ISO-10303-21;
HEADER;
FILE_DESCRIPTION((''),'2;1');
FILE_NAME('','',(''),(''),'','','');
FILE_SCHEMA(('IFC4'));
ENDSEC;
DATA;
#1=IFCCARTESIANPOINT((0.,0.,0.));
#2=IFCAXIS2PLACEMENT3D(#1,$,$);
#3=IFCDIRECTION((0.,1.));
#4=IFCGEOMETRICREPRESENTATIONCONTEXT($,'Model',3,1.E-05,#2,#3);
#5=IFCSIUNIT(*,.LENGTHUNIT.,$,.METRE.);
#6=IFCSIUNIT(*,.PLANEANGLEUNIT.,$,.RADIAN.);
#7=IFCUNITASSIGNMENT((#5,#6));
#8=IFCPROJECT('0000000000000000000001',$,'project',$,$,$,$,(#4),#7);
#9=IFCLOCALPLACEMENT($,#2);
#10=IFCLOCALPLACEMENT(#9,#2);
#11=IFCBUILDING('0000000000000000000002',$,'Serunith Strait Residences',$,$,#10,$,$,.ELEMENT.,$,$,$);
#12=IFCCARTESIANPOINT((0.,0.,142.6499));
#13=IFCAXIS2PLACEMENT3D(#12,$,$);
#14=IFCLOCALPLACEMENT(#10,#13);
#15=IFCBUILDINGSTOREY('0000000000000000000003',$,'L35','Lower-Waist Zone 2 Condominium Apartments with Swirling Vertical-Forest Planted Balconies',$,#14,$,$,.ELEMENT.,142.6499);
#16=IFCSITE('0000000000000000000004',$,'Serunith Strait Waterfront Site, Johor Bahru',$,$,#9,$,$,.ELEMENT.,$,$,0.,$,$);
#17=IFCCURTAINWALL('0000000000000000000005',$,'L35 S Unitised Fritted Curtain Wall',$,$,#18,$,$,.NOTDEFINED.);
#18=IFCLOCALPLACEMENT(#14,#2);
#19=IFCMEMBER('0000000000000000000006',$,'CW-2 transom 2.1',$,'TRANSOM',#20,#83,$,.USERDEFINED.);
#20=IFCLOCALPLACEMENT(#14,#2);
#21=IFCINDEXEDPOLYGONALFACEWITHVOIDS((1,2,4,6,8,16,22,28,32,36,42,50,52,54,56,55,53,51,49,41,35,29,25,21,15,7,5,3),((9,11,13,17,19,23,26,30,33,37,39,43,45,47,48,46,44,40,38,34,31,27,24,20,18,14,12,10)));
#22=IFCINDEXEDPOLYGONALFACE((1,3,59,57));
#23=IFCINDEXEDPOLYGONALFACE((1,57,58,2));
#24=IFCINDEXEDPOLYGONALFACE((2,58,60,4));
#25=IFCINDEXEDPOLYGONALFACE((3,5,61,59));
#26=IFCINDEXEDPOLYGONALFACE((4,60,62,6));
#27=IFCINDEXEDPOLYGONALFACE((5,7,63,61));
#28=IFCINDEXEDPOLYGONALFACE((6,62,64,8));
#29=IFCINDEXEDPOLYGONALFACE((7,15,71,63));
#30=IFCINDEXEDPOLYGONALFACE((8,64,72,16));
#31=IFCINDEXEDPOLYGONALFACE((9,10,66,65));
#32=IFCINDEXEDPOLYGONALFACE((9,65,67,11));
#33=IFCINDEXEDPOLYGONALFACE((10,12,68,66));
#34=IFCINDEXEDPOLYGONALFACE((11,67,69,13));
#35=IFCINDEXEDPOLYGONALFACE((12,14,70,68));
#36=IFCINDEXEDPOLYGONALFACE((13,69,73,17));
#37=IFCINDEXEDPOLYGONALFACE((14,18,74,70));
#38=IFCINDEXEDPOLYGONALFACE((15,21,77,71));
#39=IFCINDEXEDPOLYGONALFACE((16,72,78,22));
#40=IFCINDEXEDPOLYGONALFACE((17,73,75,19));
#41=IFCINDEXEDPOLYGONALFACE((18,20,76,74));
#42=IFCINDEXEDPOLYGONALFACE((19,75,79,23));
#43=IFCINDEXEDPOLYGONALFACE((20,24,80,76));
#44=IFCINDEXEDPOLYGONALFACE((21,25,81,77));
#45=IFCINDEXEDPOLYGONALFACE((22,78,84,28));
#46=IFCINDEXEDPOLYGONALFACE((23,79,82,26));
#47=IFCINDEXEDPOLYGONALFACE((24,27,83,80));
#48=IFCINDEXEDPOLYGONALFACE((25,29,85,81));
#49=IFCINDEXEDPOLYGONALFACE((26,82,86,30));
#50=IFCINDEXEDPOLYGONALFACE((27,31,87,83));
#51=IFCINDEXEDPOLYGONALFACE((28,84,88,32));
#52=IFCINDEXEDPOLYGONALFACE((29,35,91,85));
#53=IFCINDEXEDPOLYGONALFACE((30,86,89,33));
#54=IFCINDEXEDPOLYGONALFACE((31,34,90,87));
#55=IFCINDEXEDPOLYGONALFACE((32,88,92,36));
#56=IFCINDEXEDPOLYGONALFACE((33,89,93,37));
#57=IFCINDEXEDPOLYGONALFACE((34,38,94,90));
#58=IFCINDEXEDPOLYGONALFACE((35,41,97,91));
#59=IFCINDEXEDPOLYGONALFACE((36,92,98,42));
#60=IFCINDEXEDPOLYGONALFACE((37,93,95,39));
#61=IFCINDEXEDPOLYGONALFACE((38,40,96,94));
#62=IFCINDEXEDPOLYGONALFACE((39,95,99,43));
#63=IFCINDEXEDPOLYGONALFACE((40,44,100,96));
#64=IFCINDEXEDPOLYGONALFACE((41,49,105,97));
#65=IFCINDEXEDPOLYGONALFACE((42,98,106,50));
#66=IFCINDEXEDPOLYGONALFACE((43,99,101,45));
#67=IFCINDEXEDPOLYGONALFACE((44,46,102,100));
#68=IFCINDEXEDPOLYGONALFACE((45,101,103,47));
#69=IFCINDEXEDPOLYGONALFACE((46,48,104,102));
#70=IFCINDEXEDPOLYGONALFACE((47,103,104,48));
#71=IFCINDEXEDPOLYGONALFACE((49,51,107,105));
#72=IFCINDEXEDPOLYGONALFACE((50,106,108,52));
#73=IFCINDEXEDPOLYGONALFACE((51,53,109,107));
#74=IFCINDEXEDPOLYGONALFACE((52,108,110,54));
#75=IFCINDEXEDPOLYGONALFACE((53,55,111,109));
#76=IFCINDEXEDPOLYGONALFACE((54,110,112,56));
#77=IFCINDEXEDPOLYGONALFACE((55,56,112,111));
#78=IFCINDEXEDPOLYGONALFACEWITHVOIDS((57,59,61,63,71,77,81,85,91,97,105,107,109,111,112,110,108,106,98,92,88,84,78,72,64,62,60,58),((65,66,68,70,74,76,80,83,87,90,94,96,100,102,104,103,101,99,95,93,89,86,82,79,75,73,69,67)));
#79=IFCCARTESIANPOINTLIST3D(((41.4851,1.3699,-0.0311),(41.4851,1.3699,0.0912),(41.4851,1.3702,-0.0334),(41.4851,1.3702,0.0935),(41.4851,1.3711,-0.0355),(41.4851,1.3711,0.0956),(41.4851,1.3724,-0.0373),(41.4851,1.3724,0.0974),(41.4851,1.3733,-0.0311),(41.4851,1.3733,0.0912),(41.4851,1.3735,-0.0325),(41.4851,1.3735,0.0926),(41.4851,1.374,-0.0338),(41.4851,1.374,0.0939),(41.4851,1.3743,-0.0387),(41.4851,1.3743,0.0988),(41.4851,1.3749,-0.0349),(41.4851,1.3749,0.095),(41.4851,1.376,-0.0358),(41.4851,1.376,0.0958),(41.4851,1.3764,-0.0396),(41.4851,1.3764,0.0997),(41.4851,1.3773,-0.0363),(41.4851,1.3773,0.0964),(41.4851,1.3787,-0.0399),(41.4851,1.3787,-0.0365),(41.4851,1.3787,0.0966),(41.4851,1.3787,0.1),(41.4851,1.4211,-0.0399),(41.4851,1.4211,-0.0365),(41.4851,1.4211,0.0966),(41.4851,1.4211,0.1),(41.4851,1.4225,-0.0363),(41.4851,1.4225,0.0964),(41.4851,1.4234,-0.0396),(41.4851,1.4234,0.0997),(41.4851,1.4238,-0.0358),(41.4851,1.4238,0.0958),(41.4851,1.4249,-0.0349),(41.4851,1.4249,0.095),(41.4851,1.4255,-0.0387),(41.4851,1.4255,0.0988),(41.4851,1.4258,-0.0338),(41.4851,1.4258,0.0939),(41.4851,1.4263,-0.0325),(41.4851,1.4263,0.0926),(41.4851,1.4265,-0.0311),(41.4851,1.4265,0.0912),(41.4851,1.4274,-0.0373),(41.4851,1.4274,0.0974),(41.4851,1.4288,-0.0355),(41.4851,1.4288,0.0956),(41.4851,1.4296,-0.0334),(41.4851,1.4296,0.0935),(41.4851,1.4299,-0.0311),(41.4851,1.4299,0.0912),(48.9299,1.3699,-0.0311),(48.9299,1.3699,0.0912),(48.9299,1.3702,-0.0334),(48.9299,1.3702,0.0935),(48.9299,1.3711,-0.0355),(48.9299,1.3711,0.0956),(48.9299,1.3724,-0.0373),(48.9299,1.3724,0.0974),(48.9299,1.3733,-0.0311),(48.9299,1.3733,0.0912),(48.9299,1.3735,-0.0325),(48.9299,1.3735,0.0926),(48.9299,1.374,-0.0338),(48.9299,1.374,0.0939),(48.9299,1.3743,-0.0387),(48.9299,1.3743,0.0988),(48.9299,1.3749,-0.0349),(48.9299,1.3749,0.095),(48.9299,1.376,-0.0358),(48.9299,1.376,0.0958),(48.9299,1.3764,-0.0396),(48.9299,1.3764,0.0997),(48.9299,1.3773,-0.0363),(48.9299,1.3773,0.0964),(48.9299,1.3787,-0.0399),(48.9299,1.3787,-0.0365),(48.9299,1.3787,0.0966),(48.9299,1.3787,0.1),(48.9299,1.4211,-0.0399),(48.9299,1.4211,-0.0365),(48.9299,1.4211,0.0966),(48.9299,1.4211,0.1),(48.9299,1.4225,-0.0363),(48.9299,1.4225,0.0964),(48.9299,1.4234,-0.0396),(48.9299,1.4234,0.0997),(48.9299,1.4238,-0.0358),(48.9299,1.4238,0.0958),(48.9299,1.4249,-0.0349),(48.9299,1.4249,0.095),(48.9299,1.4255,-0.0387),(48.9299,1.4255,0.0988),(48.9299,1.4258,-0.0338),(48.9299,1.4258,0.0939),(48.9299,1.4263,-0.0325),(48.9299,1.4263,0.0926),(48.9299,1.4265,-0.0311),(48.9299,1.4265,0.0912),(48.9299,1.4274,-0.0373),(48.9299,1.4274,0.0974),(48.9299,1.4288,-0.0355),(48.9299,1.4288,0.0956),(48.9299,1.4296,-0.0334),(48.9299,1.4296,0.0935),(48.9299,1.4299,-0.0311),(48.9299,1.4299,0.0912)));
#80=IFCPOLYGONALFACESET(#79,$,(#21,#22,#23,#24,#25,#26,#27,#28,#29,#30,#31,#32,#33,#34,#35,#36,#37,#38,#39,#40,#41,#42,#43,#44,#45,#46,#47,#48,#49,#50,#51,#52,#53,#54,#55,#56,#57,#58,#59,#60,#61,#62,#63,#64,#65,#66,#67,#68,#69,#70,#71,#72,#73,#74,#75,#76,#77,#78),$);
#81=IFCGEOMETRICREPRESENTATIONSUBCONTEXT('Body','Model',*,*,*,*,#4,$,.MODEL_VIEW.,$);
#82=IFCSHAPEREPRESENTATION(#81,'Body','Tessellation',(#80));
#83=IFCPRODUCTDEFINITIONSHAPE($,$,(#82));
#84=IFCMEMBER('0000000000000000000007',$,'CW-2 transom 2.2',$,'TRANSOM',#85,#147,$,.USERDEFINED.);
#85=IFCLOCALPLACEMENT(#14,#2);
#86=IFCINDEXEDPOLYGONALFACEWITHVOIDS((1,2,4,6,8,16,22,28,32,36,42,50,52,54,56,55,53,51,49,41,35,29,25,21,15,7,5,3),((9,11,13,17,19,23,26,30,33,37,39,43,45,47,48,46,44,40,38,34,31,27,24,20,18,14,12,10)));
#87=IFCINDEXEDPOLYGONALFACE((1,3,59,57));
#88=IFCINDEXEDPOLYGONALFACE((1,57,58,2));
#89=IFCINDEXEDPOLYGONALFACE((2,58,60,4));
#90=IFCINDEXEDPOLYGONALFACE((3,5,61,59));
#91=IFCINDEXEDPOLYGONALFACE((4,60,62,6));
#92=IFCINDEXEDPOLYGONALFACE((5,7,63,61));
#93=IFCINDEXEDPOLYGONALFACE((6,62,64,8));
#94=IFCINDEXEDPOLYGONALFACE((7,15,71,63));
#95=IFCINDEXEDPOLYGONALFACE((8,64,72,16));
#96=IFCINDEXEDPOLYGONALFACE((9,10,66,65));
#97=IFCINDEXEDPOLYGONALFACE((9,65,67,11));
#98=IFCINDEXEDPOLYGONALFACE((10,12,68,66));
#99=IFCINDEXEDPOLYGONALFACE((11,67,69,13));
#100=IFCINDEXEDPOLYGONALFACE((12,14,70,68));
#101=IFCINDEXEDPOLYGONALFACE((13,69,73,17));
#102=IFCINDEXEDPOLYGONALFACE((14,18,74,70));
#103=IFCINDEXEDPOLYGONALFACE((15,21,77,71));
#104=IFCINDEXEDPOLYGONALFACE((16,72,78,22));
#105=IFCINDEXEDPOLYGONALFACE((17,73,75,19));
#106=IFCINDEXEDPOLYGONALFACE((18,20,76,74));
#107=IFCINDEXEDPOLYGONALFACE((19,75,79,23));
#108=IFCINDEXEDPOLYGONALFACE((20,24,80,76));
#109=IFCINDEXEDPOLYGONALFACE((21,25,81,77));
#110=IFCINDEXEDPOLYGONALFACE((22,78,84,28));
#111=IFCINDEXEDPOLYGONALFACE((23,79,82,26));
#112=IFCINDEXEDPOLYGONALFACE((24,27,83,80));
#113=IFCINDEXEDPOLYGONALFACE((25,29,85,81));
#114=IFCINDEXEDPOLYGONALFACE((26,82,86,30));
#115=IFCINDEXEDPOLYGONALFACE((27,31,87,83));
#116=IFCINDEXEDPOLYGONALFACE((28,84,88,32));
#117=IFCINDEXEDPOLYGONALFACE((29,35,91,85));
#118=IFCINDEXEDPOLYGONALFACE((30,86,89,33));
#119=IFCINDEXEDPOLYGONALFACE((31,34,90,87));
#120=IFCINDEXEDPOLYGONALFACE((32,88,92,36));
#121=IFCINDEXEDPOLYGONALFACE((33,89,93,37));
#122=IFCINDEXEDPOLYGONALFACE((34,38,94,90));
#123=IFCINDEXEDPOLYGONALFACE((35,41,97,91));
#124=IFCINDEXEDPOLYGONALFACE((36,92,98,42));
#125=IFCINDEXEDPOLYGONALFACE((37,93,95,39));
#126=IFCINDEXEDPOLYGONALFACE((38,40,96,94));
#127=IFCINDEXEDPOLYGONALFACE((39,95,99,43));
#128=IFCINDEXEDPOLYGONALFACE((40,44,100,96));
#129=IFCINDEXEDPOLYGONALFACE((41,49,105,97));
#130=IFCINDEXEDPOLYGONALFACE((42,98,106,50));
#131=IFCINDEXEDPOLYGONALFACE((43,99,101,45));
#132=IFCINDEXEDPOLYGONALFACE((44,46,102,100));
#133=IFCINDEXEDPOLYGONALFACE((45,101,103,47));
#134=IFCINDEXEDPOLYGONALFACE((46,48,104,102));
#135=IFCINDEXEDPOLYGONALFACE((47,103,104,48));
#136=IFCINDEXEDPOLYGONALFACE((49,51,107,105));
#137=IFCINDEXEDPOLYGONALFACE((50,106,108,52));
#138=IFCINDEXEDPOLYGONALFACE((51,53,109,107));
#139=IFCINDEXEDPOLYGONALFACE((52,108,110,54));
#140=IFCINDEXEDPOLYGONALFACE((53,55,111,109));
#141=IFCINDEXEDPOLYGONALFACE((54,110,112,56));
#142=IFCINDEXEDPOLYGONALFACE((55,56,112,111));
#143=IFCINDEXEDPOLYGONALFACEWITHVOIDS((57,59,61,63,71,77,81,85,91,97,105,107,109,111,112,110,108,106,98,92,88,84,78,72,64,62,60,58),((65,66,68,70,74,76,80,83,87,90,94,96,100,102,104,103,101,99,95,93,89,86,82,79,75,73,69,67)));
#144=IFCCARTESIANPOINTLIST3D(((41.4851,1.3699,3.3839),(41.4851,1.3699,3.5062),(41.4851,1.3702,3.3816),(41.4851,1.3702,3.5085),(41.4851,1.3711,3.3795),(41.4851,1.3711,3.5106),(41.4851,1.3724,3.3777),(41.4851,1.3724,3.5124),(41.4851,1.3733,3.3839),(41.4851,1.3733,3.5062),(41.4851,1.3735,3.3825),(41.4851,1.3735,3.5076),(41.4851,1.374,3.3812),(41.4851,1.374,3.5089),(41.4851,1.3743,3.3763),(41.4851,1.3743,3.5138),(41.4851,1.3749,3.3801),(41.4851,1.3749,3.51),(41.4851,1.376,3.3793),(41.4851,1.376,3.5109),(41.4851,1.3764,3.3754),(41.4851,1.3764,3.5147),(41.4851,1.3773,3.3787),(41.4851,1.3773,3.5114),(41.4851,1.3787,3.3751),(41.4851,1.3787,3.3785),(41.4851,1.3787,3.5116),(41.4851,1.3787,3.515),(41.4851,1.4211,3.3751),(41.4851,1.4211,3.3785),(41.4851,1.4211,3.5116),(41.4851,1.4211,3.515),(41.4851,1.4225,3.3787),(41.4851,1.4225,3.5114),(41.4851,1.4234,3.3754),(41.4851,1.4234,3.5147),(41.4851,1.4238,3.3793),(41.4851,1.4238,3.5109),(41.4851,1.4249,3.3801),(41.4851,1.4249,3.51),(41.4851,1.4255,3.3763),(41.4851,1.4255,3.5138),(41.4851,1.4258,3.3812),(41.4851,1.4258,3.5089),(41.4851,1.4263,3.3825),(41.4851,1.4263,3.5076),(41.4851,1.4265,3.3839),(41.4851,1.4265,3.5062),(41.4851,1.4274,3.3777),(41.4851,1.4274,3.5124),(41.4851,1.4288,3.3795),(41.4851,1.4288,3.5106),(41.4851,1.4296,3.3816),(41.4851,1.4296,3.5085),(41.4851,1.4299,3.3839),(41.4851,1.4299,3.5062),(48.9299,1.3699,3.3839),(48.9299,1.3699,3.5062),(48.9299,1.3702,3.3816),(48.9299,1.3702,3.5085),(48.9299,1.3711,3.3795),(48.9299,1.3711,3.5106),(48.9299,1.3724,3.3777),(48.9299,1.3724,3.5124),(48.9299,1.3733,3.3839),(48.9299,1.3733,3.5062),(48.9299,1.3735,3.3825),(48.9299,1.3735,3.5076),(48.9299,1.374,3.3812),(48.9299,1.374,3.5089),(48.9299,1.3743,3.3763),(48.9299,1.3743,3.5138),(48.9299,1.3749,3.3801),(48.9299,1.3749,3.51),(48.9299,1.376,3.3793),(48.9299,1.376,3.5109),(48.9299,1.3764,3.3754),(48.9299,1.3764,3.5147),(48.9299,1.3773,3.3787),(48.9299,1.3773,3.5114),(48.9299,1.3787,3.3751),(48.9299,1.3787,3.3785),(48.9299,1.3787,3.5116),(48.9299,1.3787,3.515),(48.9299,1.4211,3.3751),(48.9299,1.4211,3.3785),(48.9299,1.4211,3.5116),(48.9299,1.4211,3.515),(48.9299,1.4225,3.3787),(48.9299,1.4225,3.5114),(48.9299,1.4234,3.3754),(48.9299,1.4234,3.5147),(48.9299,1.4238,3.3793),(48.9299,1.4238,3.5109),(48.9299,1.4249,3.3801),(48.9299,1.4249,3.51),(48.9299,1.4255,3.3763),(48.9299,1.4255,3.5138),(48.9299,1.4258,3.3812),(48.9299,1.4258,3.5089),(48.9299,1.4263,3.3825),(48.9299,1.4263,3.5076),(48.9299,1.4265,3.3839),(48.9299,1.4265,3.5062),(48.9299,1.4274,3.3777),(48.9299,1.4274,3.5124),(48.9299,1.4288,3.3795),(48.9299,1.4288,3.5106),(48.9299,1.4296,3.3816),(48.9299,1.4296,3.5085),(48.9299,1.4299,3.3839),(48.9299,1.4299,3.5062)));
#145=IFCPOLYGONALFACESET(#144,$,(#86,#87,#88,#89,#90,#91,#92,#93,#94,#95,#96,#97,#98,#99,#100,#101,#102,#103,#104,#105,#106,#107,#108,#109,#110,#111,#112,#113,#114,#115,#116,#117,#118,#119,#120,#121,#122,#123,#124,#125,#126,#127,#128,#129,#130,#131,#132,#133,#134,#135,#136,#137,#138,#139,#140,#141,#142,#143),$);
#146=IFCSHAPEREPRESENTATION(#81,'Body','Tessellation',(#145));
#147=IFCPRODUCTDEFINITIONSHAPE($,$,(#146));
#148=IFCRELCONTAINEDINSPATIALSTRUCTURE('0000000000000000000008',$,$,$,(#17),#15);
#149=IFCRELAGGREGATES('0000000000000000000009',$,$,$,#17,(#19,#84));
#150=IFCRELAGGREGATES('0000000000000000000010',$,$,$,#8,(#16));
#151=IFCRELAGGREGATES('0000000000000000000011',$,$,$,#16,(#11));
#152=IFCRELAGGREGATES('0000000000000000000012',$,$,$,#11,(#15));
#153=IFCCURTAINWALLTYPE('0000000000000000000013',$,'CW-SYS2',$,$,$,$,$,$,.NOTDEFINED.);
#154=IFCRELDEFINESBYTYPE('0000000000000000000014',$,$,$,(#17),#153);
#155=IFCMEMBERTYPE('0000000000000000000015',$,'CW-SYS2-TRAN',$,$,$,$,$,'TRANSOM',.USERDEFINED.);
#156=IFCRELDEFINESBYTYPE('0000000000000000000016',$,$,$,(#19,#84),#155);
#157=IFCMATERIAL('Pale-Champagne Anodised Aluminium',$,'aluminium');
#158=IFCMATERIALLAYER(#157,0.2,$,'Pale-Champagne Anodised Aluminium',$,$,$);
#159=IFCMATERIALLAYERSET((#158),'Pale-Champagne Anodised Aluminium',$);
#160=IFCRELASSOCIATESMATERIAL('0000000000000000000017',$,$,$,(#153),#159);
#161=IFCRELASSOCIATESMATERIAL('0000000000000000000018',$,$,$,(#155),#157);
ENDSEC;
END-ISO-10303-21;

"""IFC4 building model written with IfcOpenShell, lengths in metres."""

from ifc_helpers import new_model, si_unit, direction, frame, origin, origin_2d, place, context, subcontext, project, spatial, hollow_rectangle, extrude, source, transform, mapped, material, layer, layer_set, material_profile, profile_set, type_object, element, aggregate, save


model = new_model("IFC4")

# Units and contexts
model_context = context("Model", 3, precision=1e-05, world=origin(), true_north=direction((0.0, 1.0)))
body_context = subcontext(model_context, "Body", "Model", "MODEL_VIEW")
ifc_project = project(units=[si_unit("LENGTHUNIT", "METRE"), si_unit("PLANEANGLEUNIT", "RADIAN")], contexts=[model_context])

# Site, building, storey
site_placement = place(None, origin())
site = spatial("IfcSite", under=ifc_project, at=site_placement, Name="Serunith Strait Waterfront Site, Johor Bahru", CompositionType="ELEMENT", RefElevation=0.0)
building_placement = place(site_placement, origin())
building = spatial("IfcBuilding", under=site, at=building_placement, Name="Serunith Strait Residences", CompositionType="ELEMENT")
storey_placement = place(building_placement, frame((0.0, 0.0, 142.6499)))
storey = spatial("IfcBuildingStorey", under=building, at=storey_placement, Name="L35", Description="Lower-Waist Zone 2 Condominium Apartments with Swirling Vertical-Forest Planted Balconies", CompositionType="ELEMENT", Elevation=142.6499)

# Curtain wall, members
ifc_material_1 = material(Name="Pale-Champagne Anodised Aluminium", Category="aluminium")
ifc_layer_1 = layer(ifc_material_1, 0.2, Name="Pale-Champagne Anodised Aluminium")
ifc_layer_set_1 = layer_set([ifc_layer_1], Name="Pale-Champagne Anodised Aluminium")
curtain_wall_type = type_object("IfcCurtainWallType", Name="CW-SYS2", PredefinedType="NOTDEFINED", material=ifc_layer_set_1)
curtain_wall_placement = place(storey_placement, origin())
curtain_wall = element("IfcCurtainWall", 1, at=curtain_wall_placement, inside=storey, type_object=curtain_wall_type, Name="L35 S Unitised Fritted Curtain Wall", PredefinedType="NOTDEFINED")
ifc_material_profile_1 = material_profile(ifc_material_1, hollow_rectangle(XDim=0.0601, YDim=0.1399, WallThickness=0.0034, InnerFilletRadius=0.0054, OuterFilletRadius=0.0088, at=origin_2d()), Name="ALU 140x60x3.5")
ifc_profile_set_1 = profile_set([ifc_material_profile_1], Name="Pale-Champagne Anodised Aluminium")
member_type_1 = type_object("IfcMemberType", Name="CW-SYS2-TRAN", ElementType="TRANSOM", PredefinedType="USERDEFINED", material=ifc_profile_set_1)
shared_shape_1 = source(origin(), body_context, "Body", "SweptSolid", [
    extrude(hollow_rectangle(XDim=0.0601, YDim=0.1399, WallThickness=0.0034, InnerFilletRadius=0.0054, OuterFilletRadius=0.0088, at=origin_2d()), origin(), (0.0, 0.0, 1.0), 7.4448),
])
member_1_placement = place(storey_placement, frame((41.4851, 1.3999, 0.03), z_axis=(1.0, 0.0, 0.0), x_axis=(0.0, 1.0, 0.0)))
member_1 = element("IfcMember", 2, at=member_1_placement, type_object=member_type_1, Name="CW-2 transom 2.1", ObjectType="TRANSOM", PredefinedType="USERDEFINED", context=body_context, shape_type="MappedRepresentation", body=[
    mapped(shared_shape_1, transform((0.0, 0.0, 0.0), scale=1.0)),
])
member_2_placement = place(storey_placement, frame((41.4851, 1.3999, 3.4451), z_axis=(1.0, 0.0, 0.0), x_axis=(0.0, 1.0, 0.0)))
member_2 = element("IfcMember", 3, at=member_2_placement, type_object=member_type_1, Name="CW-2 transom 2.2", ObjectType="TRANSOM", PredefinedType="USERDEFINED", context=body_context, shape_type="MappedRepresentation", body=[
    mapped(shared_shape_1, transform((0.0, 0.0, 0.0), scale=1.0)),
])
aggregate(curtain_wall, [member_1, member_2])

save(model, "model.ifc")
